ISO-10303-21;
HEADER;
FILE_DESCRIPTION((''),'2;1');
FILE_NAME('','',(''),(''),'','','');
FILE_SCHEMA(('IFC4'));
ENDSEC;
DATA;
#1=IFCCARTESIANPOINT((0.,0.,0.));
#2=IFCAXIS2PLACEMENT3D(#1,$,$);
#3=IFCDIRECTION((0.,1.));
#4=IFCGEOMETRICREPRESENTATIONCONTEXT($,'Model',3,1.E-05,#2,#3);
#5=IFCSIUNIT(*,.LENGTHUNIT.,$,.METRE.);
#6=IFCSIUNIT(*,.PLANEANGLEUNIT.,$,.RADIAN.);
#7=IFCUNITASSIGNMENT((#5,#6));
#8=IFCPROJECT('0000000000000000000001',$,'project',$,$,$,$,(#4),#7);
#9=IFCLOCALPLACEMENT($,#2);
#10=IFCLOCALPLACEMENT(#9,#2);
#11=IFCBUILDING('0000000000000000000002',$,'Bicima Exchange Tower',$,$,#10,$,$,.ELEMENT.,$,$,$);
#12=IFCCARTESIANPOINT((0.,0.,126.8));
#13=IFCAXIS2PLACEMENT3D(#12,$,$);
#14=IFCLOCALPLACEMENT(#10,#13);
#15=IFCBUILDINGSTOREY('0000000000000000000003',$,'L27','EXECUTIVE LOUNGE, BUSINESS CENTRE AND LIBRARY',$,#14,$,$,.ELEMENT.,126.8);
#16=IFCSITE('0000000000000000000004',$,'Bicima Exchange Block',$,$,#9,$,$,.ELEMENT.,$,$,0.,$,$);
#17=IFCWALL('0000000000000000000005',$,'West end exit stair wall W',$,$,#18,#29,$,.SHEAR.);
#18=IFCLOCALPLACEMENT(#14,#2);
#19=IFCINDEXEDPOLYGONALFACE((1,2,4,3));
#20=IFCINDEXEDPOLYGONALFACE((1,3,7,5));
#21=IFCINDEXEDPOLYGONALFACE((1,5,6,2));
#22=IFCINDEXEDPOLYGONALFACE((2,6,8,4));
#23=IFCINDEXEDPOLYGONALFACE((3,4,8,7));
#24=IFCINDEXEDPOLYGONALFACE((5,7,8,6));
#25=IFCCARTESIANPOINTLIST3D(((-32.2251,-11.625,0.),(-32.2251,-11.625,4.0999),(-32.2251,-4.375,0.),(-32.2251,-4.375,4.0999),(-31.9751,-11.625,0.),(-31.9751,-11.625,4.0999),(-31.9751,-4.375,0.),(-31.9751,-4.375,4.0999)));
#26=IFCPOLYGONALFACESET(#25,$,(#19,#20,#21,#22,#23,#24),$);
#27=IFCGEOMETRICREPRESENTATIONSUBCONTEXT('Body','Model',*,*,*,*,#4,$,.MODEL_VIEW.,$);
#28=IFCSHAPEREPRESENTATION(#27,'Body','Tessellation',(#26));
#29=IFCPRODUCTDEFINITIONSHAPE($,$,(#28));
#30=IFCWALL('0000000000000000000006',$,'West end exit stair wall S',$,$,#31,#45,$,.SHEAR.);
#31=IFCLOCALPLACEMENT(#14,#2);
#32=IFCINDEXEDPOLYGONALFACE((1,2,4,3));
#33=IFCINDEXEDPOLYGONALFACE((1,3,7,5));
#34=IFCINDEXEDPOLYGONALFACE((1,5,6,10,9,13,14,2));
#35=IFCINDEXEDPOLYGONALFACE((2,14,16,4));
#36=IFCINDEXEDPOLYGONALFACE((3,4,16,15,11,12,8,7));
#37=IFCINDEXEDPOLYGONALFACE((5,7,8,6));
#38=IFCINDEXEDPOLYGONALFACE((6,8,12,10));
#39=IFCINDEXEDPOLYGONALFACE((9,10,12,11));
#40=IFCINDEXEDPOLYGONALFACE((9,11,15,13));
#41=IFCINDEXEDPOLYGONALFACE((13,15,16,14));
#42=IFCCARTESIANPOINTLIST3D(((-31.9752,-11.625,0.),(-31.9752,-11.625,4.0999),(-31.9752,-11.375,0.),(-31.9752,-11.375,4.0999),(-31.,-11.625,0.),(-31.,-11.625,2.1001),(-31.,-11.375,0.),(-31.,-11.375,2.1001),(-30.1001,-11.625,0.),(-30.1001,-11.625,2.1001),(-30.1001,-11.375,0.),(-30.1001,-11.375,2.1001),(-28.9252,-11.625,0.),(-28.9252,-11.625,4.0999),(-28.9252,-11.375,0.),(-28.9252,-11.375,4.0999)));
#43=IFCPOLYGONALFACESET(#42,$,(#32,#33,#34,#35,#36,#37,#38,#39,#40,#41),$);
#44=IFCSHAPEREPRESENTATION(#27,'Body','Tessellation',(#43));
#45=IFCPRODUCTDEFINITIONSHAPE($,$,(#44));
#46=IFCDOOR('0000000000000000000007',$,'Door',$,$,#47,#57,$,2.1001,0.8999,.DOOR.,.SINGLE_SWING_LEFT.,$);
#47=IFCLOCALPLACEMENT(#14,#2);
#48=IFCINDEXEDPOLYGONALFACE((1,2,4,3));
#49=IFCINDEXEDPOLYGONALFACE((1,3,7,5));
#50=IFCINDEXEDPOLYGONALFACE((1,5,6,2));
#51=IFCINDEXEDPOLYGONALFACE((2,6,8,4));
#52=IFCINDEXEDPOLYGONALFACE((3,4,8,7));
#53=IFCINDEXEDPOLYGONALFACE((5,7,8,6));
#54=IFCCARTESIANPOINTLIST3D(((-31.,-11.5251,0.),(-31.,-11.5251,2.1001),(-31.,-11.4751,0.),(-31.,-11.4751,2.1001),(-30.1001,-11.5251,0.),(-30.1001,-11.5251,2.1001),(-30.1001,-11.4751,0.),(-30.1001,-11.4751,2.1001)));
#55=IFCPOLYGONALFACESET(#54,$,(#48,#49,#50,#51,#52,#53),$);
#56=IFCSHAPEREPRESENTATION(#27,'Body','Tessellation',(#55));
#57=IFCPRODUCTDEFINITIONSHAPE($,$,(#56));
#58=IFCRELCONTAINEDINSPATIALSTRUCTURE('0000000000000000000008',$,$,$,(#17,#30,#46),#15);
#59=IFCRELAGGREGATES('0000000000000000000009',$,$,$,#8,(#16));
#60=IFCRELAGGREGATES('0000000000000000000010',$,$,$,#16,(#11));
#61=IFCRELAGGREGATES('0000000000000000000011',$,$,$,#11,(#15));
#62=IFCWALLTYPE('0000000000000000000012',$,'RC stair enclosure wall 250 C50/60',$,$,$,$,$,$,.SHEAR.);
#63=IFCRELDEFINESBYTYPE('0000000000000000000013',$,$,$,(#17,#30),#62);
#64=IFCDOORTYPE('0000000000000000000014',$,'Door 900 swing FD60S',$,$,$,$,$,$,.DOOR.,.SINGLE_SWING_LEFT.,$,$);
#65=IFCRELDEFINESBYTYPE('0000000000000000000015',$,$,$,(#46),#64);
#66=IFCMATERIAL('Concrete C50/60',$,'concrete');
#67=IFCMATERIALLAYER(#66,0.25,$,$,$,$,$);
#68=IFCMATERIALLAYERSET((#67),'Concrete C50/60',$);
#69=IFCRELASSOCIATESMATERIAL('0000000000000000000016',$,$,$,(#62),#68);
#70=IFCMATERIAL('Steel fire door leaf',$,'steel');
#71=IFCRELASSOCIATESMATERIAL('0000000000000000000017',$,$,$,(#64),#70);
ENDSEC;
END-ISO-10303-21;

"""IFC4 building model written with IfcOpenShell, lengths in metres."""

from ifc_helpers import new_model, si_unit, direction, frame, frame_2d, origin, place, context, subcontext, project, spatial, rectangle, extrude, material, layer, layer_set, type_object, element, fill, save


model = new_model("IFC4")

# Units and contexts
model_context = context("Model", 3, precision=1e-05, world=origin(), true_north=direction((0.0, 1.0)))
body_context = subcontext(model_context, "Body", "Model", "MODEL_VIEW")
ifc_project = project(units=[si_unit("LENGTHUNIT", "METRE"), si_unit("PLANEANGLEUNIT", "RADIAN")], contexts=[model_context])

# Site, building, storey
site_placement = place(None, origin())
site = spatial("IfcSite", under=ifc_project, at=site_placement, Name="Bicima Exchange Block", CompositionType="ELEMENT", RefElevation=0.0)
building_placement = place(site_placement, origin())
building = spatial("IfcBuilding", under=site, at=building_placement, Name="Bicima Exchange Tower", CompositionType="ELEMENT")
storey_placement = place(building_placement, frame((0.0, 0.0, 126.8)))
storey = spatial("IfcBuildingStorey", under=building, at=storey_placement, Name="L27", Description="EXECUTIVE LOUNGE, BUSINESS CENTRE AND LIBRARY", CompositionType="ELEMENT", Elevation=126.8)

# Shared definitions
ifc_material_1 = material(Name="Steel fire door leaf", Category="steel")

# Wall
ifc_material_2 = material(Name="Concrete C50/60", Category="concrete")
ifc_layer_1 = layer(ifc_material_2, 0.25)
ifc_layer_set_1 = layer_set([ifc_layer_1], Name="Concrete C50/60")
wall_type_1 = type_object("IfcWallType", Name="RC stair enclosure wall 250 C50/60", PredefinedType="SHEAR", material=ifc_layer_set_1)
wall_1_placement = place(storey_placement, frame((-32.1001, -11.625, 0.0), z_axis=(0.0, 0.0, 1.0), x_axis=(0.0, 1.0, 0.0)))
element("IfcWall", 1, at=wall_1_placement, inside=storey, type_object=wall_type_1, Name="West end exit stair wall W", PredefinedType="SHEAR", context=body_context, shape_type="SweptSolid", body=[
    extrude(rectangle(XDim=7.25, YDim=0.25, at=frame_2d((3.625, 0.0))), origin(), (0.0, 0.0, 1.0), 4.0999),
])

# Wall, opening, door
wall_2_placement = place(storey_placement, frame((-31.9751, -11.5, 0.0), z_axis=(0.0, 0.0, 1.0), x_axis=(1.0, 0.0, 0.0)))
wall_2 = element("IfcWall", 2, at=wall_2_placement, inside=storey, type_object=wall_type_1, Name="West end exit stair wall S", PredefinedType="SHEAR", context=body_context, shape_type="SweptSolid", body=[
    extrude(rectangle(XDim=3.05, YDim=0.25, at=frame_2d((1.5249, 0.0))), origin(), (0.0, 0.0, 1.0), 4.0999),
])
opening_1_placement = place(wall_2_placement, frame((0.9751, 0.0, 0.0)))
opening_1 = element("IfcOpeningElement", 3, at=opening_1_placement, cuts=wall_2, PredefinedType="OPENING", context=body_context, shape_type="SweptSolid", body=[
    extrude(rectangle(XDim=0.8999, YDim=2.1001, at=frame_2d((0.45, 1.05))), frame((0.0, 0.137, 0.0), z_axis=(0.0, -1.0, 0.0), x_axis=(1.0, 0.0, 0.0)), (0.0, 0.0, 1.0), 0.2739),
])
door_type_1 = type_object("IfcDoorType", Name="Door 900 swing FD60S", OperationType="SINGLE_SWING_LEFT", PredefinedType="DOOR", material=ifc_material_1)
door_1_placement = place(opening_1_placement, origin())
door_1 = element("IfcDoor", 4, at=door_1_placement, inside=storey, type_object=door_type_1, Name="Door", OperationType="SINGLE_SWING_LEFT", OverallHeight=2.1001, OverallWidth=0.8999, PredefinedType="DOOR", context=body_context, shape_type="SweptSolid", body=[
    extrude(rectangle(XDim=0.8999, YDim=2.1001, at=frame_2d((0.45, 1.05))), frame((0.0, 0.0249, 0.0), z_axis=(0.0, -1.0, 0.0), x_axis=(1.0, 0.0, 0.0)), (0.0, 0.0, 1.0), 0.05),
])
fill(opening_1, door_1)

save(model, "model.ifc")
